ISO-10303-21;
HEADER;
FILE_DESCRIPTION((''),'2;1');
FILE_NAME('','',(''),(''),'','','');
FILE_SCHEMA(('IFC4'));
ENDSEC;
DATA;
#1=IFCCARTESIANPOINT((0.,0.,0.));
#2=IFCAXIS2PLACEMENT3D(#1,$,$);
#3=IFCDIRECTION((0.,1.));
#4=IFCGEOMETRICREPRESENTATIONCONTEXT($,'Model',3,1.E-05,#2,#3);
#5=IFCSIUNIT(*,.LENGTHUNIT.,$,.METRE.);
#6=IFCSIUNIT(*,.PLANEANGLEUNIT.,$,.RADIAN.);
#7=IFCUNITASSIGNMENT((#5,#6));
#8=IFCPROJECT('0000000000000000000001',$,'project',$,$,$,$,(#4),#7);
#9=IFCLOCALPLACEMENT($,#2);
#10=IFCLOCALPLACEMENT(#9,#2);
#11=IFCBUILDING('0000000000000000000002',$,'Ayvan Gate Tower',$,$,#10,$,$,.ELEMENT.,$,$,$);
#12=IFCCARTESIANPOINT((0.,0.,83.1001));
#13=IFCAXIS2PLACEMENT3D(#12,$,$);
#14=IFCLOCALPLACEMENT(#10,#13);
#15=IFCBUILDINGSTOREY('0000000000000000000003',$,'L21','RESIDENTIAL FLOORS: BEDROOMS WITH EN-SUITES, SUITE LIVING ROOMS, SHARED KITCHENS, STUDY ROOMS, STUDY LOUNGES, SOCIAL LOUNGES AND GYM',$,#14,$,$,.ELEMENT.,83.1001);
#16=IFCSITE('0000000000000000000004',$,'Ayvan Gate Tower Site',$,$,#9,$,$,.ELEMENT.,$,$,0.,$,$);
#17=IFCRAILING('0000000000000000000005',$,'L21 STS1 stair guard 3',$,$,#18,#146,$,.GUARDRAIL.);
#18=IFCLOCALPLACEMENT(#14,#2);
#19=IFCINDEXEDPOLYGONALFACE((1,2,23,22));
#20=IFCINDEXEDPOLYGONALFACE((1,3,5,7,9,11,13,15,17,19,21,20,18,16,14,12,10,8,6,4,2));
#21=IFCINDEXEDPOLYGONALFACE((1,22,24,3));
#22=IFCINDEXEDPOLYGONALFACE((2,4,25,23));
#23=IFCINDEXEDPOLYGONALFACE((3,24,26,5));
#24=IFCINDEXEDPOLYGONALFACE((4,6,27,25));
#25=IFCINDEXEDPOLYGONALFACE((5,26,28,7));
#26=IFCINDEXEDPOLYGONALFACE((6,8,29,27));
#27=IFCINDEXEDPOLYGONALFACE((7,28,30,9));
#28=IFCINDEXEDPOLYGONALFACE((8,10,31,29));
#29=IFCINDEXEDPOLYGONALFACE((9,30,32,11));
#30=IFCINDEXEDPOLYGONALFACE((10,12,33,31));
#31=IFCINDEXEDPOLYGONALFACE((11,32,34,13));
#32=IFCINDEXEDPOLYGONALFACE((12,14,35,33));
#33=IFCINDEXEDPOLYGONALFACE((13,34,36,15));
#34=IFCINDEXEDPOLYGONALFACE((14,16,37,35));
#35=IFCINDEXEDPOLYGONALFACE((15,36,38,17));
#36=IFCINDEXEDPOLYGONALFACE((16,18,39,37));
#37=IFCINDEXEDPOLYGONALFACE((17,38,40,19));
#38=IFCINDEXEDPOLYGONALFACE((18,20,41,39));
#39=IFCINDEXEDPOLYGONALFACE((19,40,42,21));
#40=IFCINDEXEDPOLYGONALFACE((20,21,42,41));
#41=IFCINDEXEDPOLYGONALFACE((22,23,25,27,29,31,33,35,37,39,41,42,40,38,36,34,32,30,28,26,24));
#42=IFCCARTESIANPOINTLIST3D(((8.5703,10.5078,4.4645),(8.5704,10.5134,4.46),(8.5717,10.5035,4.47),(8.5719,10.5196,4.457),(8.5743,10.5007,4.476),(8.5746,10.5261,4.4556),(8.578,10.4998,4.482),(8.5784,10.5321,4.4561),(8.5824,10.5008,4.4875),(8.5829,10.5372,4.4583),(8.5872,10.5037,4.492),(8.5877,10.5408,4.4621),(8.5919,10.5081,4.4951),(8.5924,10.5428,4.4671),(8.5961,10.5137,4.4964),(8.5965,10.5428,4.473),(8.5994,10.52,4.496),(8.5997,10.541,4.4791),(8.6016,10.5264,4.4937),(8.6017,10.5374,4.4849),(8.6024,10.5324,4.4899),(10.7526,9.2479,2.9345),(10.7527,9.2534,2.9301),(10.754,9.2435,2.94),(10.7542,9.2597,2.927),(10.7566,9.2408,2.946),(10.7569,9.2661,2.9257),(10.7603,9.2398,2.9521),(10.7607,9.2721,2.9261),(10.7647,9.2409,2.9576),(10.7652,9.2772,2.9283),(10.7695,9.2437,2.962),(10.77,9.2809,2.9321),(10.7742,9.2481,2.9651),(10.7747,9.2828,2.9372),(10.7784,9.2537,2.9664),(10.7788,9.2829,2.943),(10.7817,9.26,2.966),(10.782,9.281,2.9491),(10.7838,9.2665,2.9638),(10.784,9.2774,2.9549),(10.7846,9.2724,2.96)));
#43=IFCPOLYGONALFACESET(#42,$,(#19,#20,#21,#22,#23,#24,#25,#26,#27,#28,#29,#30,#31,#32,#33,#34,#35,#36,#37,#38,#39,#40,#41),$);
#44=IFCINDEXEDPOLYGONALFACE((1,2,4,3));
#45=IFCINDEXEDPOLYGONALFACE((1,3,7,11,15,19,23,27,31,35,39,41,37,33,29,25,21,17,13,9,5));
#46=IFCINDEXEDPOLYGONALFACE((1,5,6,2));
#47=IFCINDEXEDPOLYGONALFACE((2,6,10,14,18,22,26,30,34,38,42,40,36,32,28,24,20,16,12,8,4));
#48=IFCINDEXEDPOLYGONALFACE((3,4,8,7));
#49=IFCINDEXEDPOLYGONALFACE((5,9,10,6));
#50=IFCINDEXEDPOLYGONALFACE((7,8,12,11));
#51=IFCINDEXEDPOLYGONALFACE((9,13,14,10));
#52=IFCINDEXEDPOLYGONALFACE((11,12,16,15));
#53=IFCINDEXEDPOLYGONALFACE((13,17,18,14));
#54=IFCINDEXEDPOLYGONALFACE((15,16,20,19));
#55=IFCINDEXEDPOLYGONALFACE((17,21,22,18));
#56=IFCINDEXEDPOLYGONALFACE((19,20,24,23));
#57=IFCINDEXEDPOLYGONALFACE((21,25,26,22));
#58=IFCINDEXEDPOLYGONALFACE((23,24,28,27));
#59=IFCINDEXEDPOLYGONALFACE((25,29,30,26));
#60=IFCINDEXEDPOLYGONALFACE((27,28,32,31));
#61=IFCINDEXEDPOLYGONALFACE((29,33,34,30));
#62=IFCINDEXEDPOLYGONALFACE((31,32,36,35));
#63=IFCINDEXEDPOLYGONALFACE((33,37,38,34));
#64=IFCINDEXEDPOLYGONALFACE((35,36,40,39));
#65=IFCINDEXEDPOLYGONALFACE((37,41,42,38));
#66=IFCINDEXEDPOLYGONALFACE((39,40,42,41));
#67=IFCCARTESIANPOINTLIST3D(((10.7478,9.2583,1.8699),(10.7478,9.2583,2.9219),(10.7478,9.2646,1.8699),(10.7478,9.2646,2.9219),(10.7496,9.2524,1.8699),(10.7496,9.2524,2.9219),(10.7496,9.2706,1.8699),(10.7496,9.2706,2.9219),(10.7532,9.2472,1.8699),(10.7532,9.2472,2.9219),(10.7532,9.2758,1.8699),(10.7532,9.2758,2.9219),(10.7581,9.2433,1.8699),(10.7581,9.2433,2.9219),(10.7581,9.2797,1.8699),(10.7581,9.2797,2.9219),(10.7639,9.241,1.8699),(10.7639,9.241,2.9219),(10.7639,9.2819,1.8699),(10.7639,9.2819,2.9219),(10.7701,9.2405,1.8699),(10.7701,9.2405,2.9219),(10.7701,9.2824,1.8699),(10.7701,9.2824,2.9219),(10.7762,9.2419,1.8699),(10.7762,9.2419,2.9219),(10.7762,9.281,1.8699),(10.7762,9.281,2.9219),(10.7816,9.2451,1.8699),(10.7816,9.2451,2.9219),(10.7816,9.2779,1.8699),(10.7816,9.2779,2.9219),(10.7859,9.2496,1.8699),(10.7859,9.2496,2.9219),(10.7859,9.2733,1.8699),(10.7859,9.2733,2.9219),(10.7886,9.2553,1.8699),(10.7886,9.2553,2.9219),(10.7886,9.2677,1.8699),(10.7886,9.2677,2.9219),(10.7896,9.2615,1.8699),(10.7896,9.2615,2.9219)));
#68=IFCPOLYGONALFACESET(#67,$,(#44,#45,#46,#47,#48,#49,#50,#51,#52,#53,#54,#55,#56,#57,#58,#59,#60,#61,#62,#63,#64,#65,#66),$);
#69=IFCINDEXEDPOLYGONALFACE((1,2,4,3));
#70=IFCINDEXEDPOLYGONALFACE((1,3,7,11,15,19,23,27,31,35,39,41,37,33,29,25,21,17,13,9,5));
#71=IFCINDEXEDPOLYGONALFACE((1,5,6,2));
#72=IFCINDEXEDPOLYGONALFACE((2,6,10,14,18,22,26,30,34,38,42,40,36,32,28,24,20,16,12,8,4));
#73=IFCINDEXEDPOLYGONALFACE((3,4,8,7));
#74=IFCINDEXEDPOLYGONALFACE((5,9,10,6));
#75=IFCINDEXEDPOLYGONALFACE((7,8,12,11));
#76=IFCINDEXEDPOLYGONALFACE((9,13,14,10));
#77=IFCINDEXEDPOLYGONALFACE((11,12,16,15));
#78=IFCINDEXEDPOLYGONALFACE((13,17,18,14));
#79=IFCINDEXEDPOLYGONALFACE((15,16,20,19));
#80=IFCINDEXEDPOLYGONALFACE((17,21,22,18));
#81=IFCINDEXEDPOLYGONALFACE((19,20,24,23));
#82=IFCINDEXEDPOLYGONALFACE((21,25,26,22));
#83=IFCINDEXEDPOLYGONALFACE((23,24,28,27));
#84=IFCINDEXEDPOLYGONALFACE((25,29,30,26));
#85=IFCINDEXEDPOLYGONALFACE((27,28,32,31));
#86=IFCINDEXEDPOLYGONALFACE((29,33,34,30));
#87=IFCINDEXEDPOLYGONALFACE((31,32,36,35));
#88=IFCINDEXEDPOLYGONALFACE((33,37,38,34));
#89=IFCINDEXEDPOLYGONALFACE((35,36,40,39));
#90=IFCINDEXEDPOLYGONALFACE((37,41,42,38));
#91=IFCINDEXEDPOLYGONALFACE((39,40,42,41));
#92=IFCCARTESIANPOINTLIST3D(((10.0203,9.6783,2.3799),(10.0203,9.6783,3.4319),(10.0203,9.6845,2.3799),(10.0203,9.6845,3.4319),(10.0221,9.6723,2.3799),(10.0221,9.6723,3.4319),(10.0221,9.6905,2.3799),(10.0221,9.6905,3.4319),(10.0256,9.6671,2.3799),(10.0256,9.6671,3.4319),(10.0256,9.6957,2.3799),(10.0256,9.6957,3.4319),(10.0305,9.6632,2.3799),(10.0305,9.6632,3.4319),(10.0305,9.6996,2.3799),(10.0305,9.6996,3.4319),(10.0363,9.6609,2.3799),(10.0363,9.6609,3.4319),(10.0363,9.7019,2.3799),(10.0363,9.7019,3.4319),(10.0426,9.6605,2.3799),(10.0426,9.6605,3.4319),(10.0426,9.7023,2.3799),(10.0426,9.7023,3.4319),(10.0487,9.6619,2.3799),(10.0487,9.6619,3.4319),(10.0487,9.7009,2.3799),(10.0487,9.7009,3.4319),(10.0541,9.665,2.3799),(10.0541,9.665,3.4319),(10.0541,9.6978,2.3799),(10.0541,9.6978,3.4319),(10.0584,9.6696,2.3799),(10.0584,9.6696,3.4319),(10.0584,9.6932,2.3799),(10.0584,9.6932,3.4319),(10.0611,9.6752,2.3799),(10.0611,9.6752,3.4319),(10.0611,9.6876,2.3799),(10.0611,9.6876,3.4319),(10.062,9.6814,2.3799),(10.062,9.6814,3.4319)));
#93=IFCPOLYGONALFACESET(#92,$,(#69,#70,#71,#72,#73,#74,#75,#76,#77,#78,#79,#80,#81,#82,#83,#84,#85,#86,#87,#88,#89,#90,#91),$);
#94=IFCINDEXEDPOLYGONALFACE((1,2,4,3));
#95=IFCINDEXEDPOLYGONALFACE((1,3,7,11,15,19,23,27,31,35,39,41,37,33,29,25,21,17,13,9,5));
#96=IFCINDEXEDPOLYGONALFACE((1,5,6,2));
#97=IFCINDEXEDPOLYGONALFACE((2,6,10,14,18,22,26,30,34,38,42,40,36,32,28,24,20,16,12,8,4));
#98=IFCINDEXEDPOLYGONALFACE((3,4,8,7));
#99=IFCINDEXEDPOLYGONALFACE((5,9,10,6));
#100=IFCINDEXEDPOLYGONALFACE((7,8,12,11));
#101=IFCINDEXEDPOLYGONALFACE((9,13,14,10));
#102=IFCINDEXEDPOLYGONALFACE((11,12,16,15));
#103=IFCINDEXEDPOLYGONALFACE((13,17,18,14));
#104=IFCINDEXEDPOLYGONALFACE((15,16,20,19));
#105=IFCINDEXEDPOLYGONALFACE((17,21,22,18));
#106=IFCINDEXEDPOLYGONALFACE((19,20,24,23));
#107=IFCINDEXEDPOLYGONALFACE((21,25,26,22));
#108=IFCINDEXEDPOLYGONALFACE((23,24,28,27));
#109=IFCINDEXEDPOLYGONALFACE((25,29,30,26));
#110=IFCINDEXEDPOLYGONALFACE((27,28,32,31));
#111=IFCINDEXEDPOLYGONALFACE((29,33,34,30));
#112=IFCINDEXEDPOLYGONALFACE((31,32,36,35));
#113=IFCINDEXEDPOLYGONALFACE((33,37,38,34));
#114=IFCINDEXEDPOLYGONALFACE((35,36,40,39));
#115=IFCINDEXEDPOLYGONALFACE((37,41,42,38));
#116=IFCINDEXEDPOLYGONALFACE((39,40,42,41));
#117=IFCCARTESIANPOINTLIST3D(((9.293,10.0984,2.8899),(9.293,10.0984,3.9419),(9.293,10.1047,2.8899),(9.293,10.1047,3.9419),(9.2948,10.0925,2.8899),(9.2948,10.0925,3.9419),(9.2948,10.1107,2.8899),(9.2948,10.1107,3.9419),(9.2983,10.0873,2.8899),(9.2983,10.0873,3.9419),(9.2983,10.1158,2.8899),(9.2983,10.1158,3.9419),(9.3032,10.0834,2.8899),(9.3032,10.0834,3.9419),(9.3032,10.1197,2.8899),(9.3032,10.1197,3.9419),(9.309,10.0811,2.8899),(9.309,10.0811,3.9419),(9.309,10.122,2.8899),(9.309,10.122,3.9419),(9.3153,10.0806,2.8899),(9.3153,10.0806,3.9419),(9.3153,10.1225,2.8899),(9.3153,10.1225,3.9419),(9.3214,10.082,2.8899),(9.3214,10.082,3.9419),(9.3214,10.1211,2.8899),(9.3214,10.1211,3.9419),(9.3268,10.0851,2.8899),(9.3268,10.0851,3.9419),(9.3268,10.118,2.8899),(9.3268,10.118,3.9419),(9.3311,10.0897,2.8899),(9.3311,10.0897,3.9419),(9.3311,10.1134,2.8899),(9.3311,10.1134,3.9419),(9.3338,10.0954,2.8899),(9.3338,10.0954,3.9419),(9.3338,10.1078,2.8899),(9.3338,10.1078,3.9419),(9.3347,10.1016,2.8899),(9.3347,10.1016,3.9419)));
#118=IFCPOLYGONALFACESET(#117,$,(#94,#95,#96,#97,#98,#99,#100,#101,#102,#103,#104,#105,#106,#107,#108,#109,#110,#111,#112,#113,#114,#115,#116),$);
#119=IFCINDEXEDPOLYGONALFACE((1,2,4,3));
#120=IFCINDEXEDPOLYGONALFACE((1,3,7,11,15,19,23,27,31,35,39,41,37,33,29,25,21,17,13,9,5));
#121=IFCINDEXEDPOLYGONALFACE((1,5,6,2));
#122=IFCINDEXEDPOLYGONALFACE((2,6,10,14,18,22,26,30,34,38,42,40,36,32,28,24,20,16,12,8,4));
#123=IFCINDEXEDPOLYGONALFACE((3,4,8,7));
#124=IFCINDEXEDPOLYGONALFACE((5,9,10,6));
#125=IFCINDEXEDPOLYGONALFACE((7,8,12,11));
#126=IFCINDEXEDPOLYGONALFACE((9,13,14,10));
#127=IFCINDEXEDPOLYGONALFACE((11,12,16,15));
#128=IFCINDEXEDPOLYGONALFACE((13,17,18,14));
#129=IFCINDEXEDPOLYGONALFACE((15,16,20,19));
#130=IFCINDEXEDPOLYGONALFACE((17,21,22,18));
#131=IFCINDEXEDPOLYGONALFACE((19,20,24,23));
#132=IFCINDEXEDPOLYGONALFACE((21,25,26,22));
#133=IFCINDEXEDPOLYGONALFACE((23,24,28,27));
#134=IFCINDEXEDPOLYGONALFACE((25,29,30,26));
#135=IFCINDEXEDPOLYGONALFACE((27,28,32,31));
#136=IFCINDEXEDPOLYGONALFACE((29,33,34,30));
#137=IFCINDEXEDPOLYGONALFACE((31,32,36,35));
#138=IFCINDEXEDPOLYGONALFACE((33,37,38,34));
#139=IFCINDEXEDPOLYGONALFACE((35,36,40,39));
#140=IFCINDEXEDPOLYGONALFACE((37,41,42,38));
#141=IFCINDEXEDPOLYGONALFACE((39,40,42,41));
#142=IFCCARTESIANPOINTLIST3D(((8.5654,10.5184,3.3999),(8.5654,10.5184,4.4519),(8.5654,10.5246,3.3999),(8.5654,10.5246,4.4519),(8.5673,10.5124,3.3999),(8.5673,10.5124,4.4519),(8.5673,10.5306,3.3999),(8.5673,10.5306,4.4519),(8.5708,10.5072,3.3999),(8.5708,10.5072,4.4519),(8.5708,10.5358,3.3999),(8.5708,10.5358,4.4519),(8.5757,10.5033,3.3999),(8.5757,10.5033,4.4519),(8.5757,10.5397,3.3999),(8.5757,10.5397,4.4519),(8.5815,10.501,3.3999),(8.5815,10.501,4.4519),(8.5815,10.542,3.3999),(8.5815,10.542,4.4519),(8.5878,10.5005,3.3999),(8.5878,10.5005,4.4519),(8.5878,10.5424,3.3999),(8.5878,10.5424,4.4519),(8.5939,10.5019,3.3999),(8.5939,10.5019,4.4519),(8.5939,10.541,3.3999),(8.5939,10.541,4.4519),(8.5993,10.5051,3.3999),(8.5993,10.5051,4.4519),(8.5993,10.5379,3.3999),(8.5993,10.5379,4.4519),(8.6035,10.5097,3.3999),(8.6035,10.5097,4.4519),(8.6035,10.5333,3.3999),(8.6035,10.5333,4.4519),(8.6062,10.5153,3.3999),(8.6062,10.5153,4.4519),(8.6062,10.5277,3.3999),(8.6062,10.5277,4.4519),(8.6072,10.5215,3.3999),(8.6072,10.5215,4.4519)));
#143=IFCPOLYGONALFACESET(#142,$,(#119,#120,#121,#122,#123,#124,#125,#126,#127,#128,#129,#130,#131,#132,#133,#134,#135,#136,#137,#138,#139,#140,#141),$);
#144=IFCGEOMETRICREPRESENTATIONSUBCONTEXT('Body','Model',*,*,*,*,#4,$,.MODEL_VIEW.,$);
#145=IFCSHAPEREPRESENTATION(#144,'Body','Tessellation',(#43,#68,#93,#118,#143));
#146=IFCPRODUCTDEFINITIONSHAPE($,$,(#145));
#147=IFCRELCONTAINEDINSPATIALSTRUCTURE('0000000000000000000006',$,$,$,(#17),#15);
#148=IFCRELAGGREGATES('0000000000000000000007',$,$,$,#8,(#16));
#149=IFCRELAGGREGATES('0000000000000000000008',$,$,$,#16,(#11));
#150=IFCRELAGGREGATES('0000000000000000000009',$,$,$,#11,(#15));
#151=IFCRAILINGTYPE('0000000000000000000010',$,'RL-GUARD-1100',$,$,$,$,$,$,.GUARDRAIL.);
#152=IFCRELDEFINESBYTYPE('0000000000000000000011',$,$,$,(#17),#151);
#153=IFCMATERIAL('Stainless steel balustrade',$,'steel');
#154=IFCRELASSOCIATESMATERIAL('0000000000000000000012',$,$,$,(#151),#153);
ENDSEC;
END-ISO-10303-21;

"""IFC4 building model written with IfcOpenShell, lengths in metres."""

from ifc_helpers import new_model, si_unit, direction, frame, origin, origin_2d, place, context, subcontext, project, spatial, circle, extrude, material, type_object, element, save


model = new_model("IFC4")

# Units and contexts
model_context = context("Model", 3, precision=1e-05, world=origin(), true_north=direction((0.0, 1.0)))
body_context = subcontext(model_context, "Body", "Model", "MODEL_VIEW")
ifc_project = project(units=[si_unit("LENGTHUNIT", "METRE"), si_unit("PLANEANGLEUNIT", "RADIAN")], contexts=[model_context])

# Site, building, storey
site_placement = place(None, origin())
site = spatial("IfcSite", under=ifc_project, at=site_placement, Name="Ayvan Gate Tower Site", CompositionType="ELEMENT", RefElevation=0.0)
building_placement = place(site_placement, origin())
building = spatial("IfcBuilding", under=site, at=building_placement, Name="Ayvan Gate Tower", CompositionType="ELEMENT")
storey_placement = place(building_placement, frame((0.0, 0.0, 83.1001)))
storey = spatial("IfcBuildingStorey", under=building, at=storey_placement, Name="L21", Description="RESIDENTIAL FLOORS: BEDROOMS WITH EN-SUITES, SUITE LIVING ROOMS, SHARED KITCHENS, STUDY ROOMS, STUDY LOUNGES, SOCIAL LOUNGES AND GYM", CompositionType="ELEMENT", Elevation=83.1001)

# Railing
ifc_material_1 = material(Name="Stainless steel balustrade", Category="steel")
railing_type_1 = type_object("IfcRailingType", Name="RL-GUARD-1100", PredefinedType="GUARDRAIL", material=ifc_material_1)
railing_1_placement = place(storey_placement, frame((10.7686, 9.2615, 1.8699)))
element("IfcRailing", 1, at=railing_1_placement, inside=storey, type_object=railing_type_1, Name="L21 STS1 stair guard 3", PredefinedType="GUARDRAIL", context=body_context, shape_type="SweptSolid", body=[
    extrude(circle(Radius=0.0239, at=origin_2d()), frame((0.0, 0.0, 1.0762), z_axis=(-0.740261, 0.427395, 0.518986), x_axis=(-0.500005, -0.866023, 0.0)), (0.0, 0.0, 1.0), 2.948),
    extrude(circle(Radius=0.021, at=origin_2d()), origin(), (0.0, 0.0, 1.0), 1.052),
    extrude(circle(Radius=0.021, at=origin_2d()), frame((-0.7275, 0.4199, 0.51)), (0.0, 0.0, 1.0), 1.052),
    extrude(circle(Radius=0.021, at=origin_2d()), frame((-1.4548, 0.8401, 1.02)), (0.0, 0.0, 1.0), 1.052),
    extrude(circle(Radius=0.021, at=origin_2d()), frame((-2.1824, 1.26, 1.53)), (0.0, 0.0, 1.0), 1.052),
])

save(model, "model.ifc")
